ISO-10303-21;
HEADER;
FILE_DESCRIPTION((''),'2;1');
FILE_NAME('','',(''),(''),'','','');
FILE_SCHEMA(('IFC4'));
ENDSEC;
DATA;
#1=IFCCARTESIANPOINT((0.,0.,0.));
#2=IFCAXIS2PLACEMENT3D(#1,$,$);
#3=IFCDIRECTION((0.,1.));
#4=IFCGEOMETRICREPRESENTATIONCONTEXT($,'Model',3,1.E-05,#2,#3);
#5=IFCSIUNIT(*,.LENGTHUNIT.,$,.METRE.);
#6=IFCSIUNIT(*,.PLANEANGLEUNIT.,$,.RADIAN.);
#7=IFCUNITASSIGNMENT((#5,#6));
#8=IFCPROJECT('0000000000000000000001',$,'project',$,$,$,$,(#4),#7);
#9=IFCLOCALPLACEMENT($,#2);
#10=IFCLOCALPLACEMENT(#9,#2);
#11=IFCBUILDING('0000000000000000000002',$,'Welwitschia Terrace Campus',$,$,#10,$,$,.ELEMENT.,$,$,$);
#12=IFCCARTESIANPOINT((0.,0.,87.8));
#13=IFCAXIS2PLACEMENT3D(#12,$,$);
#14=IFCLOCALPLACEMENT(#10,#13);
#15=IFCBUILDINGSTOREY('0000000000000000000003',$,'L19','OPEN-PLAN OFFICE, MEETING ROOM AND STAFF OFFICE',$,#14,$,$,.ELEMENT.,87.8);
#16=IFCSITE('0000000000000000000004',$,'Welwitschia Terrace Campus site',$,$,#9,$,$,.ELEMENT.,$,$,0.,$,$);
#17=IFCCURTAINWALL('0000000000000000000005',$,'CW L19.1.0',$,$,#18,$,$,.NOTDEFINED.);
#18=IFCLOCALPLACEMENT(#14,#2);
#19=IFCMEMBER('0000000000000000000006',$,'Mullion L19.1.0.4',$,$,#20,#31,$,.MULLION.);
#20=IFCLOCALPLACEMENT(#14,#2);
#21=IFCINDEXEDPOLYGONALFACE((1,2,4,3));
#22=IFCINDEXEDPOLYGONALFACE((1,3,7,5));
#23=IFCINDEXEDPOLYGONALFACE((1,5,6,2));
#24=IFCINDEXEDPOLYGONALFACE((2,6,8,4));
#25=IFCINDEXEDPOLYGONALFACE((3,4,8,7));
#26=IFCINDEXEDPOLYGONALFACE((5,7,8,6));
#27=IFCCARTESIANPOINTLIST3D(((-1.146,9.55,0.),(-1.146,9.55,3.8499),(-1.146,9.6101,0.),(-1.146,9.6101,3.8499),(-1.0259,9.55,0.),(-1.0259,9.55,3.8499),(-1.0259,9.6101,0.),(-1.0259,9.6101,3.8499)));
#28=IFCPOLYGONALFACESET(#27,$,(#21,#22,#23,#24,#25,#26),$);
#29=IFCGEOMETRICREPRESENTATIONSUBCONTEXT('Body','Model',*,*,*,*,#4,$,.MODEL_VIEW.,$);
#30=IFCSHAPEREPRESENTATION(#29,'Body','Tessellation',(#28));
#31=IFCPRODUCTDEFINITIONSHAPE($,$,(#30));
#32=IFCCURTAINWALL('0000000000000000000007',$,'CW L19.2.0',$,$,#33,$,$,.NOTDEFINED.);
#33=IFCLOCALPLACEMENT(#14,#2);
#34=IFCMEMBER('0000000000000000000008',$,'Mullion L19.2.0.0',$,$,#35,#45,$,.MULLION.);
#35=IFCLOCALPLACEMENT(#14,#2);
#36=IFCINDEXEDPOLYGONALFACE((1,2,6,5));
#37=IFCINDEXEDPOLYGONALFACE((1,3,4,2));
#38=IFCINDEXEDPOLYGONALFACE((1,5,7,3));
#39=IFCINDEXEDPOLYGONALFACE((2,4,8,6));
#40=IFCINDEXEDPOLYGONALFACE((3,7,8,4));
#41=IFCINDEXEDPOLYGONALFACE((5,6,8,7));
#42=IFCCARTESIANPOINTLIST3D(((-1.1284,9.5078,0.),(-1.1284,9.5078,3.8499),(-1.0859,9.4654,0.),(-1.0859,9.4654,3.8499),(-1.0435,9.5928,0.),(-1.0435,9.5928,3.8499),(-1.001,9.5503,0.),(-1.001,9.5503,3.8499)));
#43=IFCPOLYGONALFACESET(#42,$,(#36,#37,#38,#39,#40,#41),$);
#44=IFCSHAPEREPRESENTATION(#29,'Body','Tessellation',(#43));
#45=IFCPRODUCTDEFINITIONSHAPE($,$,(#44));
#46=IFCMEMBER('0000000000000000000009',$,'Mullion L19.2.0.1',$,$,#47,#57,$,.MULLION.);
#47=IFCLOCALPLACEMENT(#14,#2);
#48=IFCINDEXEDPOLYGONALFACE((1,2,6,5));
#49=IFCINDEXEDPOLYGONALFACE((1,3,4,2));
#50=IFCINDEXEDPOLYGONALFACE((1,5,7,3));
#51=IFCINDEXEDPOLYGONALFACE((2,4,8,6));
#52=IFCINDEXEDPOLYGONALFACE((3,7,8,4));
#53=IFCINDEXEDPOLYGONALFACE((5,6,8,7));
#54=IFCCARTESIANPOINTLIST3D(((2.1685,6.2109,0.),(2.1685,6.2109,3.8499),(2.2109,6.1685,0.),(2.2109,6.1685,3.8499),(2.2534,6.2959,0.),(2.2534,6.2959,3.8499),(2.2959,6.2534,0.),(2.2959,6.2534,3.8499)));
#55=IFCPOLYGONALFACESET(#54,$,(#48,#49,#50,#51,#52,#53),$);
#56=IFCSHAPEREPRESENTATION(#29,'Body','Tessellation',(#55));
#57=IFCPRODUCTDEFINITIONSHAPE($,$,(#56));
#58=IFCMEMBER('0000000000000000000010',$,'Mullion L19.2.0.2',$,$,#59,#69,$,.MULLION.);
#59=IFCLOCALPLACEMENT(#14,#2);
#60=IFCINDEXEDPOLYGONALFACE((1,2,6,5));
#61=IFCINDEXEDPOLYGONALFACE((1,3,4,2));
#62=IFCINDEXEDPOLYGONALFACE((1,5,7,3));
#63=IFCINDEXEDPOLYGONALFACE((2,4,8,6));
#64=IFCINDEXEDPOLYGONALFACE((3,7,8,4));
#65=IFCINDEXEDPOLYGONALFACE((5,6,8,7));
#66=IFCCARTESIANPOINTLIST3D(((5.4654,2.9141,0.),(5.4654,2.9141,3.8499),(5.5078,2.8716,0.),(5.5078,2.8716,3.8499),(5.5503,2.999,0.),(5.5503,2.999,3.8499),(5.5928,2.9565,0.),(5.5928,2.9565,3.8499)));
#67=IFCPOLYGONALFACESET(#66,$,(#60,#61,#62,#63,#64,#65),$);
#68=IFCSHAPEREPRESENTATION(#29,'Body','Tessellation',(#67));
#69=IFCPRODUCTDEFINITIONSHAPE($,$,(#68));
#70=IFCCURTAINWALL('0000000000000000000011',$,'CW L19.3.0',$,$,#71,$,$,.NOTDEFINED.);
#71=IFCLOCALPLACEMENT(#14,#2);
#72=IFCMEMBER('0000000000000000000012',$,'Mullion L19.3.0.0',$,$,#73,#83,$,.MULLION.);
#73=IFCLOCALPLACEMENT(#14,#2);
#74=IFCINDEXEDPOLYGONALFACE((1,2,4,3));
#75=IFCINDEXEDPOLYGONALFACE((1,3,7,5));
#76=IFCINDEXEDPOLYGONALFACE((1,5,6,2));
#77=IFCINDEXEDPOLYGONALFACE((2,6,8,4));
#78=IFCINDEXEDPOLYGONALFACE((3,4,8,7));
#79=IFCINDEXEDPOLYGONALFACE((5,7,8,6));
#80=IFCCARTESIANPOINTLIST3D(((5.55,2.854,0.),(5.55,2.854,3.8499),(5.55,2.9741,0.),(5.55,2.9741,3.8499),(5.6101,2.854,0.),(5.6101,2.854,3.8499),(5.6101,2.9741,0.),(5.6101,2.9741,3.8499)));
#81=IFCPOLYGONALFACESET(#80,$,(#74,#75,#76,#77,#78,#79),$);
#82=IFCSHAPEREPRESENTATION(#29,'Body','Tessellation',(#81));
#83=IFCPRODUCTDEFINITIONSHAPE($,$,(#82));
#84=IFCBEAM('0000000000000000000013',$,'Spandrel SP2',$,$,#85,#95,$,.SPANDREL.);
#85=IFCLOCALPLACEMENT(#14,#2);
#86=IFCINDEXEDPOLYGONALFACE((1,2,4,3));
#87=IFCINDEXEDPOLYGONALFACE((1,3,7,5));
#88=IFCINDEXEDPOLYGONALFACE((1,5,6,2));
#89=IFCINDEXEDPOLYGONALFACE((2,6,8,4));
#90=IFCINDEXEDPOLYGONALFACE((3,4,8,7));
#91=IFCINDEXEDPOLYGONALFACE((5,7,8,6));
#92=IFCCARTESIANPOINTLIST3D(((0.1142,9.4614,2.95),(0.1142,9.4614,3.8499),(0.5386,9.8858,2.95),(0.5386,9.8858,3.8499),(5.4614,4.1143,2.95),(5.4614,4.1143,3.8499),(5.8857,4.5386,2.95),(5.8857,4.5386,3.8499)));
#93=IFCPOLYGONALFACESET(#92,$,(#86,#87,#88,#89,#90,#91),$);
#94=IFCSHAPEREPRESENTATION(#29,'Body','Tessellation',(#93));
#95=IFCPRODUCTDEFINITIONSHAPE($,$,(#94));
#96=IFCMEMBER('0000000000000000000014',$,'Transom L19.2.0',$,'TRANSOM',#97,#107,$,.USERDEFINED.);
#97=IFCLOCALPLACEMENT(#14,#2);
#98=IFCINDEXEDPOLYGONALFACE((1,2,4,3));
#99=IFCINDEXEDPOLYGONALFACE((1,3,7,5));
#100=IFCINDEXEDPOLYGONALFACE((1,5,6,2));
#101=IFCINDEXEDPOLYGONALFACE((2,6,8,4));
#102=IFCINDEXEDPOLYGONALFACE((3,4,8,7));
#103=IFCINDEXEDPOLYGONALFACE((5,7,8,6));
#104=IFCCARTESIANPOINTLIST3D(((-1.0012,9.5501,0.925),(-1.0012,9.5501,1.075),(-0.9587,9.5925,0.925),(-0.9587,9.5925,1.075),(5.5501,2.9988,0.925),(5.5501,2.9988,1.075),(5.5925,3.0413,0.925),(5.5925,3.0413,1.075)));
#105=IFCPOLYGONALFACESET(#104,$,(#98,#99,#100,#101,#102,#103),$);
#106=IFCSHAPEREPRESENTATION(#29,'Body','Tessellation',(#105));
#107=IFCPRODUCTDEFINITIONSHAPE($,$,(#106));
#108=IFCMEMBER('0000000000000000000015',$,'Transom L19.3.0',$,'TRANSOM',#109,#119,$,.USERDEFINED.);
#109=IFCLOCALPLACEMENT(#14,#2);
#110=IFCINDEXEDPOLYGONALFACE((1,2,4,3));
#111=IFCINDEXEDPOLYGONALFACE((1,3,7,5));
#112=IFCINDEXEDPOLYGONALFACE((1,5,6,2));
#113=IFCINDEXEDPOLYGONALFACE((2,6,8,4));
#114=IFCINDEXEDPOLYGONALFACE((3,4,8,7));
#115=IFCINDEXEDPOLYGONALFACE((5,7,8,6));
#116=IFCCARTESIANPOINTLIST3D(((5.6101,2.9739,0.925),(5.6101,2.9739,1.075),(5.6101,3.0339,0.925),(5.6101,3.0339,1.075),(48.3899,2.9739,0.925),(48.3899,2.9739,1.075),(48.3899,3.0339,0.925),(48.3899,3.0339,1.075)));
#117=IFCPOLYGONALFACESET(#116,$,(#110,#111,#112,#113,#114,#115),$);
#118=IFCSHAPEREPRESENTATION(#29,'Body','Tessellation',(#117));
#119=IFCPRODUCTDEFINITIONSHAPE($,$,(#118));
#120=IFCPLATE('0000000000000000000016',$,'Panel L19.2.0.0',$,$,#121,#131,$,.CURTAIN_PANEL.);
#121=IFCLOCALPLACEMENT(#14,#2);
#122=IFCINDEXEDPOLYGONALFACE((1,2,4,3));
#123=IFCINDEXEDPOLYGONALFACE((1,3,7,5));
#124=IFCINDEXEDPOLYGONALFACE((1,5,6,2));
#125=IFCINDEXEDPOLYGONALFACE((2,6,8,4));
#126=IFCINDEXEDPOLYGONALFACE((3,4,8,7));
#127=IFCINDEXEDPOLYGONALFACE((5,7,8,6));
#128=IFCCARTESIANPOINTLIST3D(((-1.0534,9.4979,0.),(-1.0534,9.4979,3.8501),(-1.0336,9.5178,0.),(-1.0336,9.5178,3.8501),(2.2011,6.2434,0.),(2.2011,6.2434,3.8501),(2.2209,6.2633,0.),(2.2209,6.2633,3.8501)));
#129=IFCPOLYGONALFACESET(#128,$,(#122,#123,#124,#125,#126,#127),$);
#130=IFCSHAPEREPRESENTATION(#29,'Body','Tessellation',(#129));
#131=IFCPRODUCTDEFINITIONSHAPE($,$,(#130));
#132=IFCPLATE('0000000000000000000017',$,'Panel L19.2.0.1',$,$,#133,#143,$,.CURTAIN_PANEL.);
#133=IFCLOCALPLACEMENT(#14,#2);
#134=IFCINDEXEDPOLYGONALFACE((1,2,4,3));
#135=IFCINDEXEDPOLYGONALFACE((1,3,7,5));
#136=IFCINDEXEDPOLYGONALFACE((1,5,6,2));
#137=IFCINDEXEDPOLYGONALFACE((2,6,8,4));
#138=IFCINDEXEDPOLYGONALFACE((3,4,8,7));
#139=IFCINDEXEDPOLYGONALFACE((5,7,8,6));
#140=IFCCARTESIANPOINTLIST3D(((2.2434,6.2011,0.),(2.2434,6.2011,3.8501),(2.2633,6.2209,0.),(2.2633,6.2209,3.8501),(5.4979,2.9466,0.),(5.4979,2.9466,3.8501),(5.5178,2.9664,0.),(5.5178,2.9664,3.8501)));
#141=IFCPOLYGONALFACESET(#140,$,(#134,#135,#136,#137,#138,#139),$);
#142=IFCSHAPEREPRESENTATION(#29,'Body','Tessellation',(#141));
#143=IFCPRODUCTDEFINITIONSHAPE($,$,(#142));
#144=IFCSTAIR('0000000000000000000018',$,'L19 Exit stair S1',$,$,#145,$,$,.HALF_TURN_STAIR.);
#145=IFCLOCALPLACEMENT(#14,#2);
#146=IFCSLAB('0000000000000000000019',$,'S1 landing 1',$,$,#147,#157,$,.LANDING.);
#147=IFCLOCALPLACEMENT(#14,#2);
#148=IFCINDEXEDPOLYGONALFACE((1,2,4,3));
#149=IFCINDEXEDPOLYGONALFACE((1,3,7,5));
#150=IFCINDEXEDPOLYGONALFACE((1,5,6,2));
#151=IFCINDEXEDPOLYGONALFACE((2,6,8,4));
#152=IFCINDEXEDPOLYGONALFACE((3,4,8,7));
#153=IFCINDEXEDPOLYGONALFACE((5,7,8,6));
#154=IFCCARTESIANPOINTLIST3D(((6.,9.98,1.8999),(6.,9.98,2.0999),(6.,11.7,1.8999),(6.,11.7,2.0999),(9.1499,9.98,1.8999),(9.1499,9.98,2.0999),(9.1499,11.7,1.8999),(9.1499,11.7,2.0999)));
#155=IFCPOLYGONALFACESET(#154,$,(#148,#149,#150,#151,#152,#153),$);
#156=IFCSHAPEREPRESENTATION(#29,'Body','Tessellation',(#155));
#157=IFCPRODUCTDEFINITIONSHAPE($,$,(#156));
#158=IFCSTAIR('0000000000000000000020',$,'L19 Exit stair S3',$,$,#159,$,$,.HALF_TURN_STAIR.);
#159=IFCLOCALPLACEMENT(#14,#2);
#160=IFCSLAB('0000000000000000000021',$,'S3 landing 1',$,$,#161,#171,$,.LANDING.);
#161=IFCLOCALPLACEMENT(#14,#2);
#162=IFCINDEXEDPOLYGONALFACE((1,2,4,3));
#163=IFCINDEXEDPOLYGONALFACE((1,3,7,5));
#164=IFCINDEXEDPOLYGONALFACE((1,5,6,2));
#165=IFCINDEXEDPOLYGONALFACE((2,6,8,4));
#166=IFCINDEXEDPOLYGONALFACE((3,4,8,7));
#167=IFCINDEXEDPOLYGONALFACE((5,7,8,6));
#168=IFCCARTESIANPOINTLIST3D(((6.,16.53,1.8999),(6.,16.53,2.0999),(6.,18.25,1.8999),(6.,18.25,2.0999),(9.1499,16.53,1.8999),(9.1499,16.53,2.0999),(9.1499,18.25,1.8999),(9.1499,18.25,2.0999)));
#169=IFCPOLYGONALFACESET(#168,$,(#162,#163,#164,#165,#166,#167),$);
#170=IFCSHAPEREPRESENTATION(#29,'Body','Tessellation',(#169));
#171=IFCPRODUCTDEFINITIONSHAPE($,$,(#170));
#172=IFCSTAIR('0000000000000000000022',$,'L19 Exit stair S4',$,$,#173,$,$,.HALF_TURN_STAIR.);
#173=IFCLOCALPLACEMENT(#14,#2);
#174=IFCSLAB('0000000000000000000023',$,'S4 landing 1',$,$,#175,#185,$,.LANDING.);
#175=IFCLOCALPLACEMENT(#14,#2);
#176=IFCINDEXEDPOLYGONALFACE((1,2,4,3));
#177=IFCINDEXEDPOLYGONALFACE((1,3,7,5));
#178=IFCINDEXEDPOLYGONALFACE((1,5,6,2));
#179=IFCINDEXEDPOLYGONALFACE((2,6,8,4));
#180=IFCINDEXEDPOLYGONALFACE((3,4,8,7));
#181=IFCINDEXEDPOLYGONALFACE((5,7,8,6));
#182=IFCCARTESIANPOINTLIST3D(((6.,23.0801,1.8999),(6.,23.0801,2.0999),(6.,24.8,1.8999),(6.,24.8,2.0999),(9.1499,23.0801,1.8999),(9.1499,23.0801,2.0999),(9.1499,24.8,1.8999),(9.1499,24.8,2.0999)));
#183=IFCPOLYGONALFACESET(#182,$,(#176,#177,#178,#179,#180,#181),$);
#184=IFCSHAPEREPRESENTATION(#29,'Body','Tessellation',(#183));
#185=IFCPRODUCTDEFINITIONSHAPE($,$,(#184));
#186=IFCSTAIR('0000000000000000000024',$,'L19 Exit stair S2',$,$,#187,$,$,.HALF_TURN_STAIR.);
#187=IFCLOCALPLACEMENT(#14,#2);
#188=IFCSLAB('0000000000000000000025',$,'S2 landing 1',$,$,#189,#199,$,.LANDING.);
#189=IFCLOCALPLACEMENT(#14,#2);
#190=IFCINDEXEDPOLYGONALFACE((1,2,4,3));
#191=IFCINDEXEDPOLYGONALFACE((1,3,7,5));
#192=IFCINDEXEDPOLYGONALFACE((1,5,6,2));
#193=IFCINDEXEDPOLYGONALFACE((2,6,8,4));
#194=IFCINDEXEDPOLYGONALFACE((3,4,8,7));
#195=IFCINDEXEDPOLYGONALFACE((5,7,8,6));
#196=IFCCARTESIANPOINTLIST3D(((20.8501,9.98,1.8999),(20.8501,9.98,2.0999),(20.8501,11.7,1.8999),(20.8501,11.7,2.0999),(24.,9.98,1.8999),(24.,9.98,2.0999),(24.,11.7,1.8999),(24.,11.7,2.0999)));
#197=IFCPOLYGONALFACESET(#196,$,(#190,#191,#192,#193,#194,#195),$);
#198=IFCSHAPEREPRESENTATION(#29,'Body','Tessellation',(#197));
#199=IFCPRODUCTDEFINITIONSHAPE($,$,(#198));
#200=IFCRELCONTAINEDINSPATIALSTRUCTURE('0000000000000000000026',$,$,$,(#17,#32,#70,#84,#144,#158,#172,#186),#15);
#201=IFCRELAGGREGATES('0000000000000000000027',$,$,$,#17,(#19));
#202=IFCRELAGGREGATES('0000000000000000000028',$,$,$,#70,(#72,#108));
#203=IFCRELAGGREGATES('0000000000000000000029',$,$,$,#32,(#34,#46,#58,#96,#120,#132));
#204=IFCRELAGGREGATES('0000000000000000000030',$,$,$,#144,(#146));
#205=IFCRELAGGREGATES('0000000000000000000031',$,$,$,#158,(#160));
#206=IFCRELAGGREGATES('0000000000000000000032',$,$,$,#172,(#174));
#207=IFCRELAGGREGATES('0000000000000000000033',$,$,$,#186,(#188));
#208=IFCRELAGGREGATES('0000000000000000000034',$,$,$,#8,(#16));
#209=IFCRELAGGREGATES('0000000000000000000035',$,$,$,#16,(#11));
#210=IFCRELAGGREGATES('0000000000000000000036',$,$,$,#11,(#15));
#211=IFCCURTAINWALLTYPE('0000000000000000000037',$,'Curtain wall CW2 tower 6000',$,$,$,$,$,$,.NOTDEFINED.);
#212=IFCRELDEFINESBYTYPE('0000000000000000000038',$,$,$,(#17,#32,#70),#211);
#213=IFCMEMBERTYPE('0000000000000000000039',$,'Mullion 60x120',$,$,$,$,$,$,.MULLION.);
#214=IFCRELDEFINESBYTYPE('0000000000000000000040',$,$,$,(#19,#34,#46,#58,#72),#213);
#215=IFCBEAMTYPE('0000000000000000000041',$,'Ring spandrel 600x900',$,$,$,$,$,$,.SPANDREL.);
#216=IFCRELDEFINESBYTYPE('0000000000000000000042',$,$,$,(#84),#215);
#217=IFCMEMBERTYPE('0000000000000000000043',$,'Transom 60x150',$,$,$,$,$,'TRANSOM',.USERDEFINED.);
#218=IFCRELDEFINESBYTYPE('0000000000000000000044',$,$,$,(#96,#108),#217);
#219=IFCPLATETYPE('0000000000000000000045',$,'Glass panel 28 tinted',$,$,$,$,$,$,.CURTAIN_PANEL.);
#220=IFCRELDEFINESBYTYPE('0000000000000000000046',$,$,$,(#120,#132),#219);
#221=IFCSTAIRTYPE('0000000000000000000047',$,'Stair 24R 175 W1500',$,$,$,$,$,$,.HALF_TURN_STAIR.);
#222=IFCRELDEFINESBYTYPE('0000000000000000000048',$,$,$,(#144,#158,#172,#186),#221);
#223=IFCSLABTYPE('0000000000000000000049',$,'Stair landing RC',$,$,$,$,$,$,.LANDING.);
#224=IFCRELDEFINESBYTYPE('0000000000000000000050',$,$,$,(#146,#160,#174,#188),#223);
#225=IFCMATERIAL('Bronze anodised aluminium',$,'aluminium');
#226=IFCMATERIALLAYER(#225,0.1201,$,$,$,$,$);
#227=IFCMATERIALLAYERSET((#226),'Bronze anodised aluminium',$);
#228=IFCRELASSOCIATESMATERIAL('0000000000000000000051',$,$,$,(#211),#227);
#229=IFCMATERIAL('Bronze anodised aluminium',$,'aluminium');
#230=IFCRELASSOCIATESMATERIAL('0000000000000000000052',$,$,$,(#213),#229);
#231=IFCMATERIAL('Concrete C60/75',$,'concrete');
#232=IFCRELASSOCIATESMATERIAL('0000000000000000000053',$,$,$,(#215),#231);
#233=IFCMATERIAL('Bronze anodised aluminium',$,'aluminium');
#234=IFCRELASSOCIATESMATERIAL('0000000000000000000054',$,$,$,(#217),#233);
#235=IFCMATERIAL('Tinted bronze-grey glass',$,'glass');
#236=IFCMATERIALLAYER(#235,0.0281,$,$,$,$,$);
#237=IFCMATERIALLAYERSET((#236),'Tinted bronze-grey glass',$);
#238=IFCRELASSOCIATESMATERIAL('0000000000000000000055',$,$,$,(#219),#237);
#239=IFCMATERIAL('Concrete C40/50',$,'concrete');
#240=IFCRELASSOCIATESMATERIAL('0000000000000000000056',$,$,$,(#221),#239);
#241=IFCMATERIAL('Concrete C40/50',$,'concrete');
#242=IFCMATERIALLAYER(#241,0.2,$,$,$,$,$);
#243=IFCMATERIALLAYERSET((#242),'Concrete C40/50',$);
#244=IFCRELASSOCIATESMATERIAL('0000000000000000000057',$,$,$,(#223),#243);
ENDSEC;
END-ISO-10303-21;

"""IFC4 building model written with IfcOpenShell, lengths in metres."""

from ifc_helpers import new_model, si_unit, direction, frame, origin, origin_2d, place, context, subcontext, project, spatial, polyline, rectangle, outline, extrude, material, layer, layer_set, material_profile, profile_set, type_object, element, aggregate, save


model = new_model("IFC4")

# Units and contexts
model_context = context("Model", 3, precision=1e-05, world=origin(), true_north=direction((0.0, 1.0)))
body_context = subcontext(model_context, "Body", "Model", "MODEL_VIEW")
ifc_project = project(units=[si_unit("LENGTHUNIT", "METRE"), si_unit("PLANEANGLEUNIT", "RADIAN")], contexts=[model_context])

# Site, building, storey
site_placement = place(None, origin())
site = spatial("IfcSite", under=ifc_project, at=site_placement, Name="Welwitschia Terrace Campus site", CompositionType="ELEMENT", RefElevation=0.0)
building_placement = place(site_placement, origin())
building = spatial("IfcBuilding", under=site, at=building_placement, Name="Welwitschia Terrace Campus", CompositionType="ELEMENT")
storey_placement = place(building_placement, frame((0.0, 0.0, 87.8)))
storey = spatial("IfcBuildingStorey", under=building, at=storey_placement, Name="L19", Description="OPEN-PLAN OFFICE, MEETING ROOM AND STAFF OFFICE", CompositionType="ELEMENT", Elevation=87.8)

# Curtain wall, member
ifc_material_1 = material(Name="Bronze anodised aluminium", Category="aluminium")
ifc_layer_1 = layer(ifc_material_1, 0.1201)
ifc_layer_set_1 = layer_set([ifc_layer_1], Name="Bronze anodised aluminium")
curtain_wall_type = type_object("IfcCurtainWallType", Name="Curtain wall CW2 tower 6000", PredefinedType="NOTDEFINED", material=ifc_layer_set_1)
curtain_wall_1_placement = place(storey_placement, origin())
curtain_wall_1 = element("IfcCurtainWall", 1, at=curtain_wall_1_placement, inside=storey, type_object=curtain_wall_type, Name="CW L19.1.0", PredefinedType="NOTDEFINED")
ifc_material_2 = material(Name="Bronze anodised aluminium", Category="aluminium")
ifc_material_profile_1 = material_profile(ifc_material_2, rectangle(XDim=0.1201, YDim=0.0601, at=origin_2d()))
ifc_profile_set_1 = profile_set([ifc_material_profile_1], Name="Bronze anodised aluminium")
member_type_1 = type_object("IfcMemberType", Name="Mullion 60x120", PredefinedType="MULLION", material=ifc_profile_set_1)
member_1_placement = place(storey_placement, frame((-1.0859, 9.5801, 0.0), z_axis=(0.0, 0.0, 1.0), x_axis=(1.0, 0.0, 0.0)))
member_1 = element("IfcMember", 2, at=member_1_placement, type_object=member_type_1, Name="Mullion L19.1.0.4", PredefinedType="MULLION", context=body_context, shape_type="SweptSolid", body=[
    extrude(rectangle(XDim=0.1201, YDim=0.0601, at=origin_2d()), origin(), (0.0, 0.0, 1.0), 3.8499),
])
aggregate(curtain_wall_1, [member_1])

# Curtain wall, members
curtain_wall_2_placement = place(storey_placement, origin())
curtain_wall_2 = element("IfcCurtainWall", 3, at=curtain_wall_2_placement, inside=storey, type_object=curtain_wall_type, Name="CW L19.2.0", PredefinedType="NOTDEFINED")
member_2_placement = place(storey_placement, frame((-1.0647, 9.5291, 0.0), z_axis=(0.0, 0.0, 1.0), x_axis=(0.707107, 0.707107, 0.0)))
member_2 = element("IfcMember", 4, at=member_2_placement, type_object=member_type_1, Name="Mullion L19.2.0.0", PredefinedType="MULLION", context=body_context, shape_type="SweptSolid", body=[
    extrude(rectangle(XDim=0.1201, YDim=0.0601, at=origin_2d()), origin(), (0.0, 0.0, 1.0), 3.8499),
])
member_3_placement = place(storey_placement, frame((2.2322, 6.2322, 0.0), z_axis=(0.0, 0.0, 1.0), x_axis=(0.707107, 0.707107, 0.0)))
member_3 = element("IfcMember", 5, at=member_3_placement, type_object=member_type_1, Name="Mullion L19.2.0.1", PredefinedType="MULLION", context=body_context, shape_type="SweptSolid", body=[
    extrude(rectangle(XDim=0.1201, YDim=0.0601, at=origin_2d()), origin(), (0.0, 0.0, 1.0), 3.8499),
])
member_4_placement = place(storey_placement, frame((5.5291, 2.9353, 0.0), z_axis=(0.0, 0.0, 1.0), x_axis=(0.707107, 0.707107, 0.0)))
member_4 = element("IfcMember", 6, at=member_4_placement, type_object=member_type_1, Name="Mullion L19.2.0.2", PredefinedType="MULLION", context=body_context, shape_type="SweptSolid", body=[
    extrude(rectangle(XDim=0.1201, YDim=0.0601, at=origin_2d()), origin(), (0.0, 0.0, 1.0), 3.8499),
])

# Curtain wall, member
curtain_wall_3_placement = place(storey_placement, origin())
curtain_wall_3 = element("IfcCurtainWall", 7, at=curtain_wall_3_placement, inside=storey, type_object=curtain_wall_type, Name="CW L19.3.0", PredefinedType="NOTDEFINED")
member_5_placement = place(storey_placement, frame((5.5801, 2.9141, 0.0), z_axis=(0.0, 0.0, 1.0), x_axis=(0.0, 1.0, 0.0)))
member_5 = element("IfcMember", 8, at=member_5_placement, type_object=member_type_1, Name="Mullion L19.3.0.0", PredefinedType="MULLION", context=body_context, shape_type="SweptSolid", body=[
    extrude(rectangle(XDim=0.1201, YDim=0.0601, at=origin_2d()), origin(), (0.0, 0.0, 1.0), 3.8499),
])

# Beam
ifc_material_3 = material(Name="Concrete C60/75", Category="concrete")
ifc_material_profile_2 = material_profile(ifc_material_3, rectangle(XDim=0.6001, YDim=0.8999, at=origin_2d()))
ifc_profile_set_2 = profile_set([ifc_material_profile_2], Name="Concrete C60/75")
beam_type = type_object("IfcBeamType", Name="Ring spandrel 600x900", PredefinedType="SPANDREL", material=ifc_profile_set_2)
beam_placement = place(storey_placement, frame((0.3264, 9.6736, 3.3999), z_axis=(0.707107, -0.707107, 0.0), x_axis=(0.707107, 0.707107, 0.0)))
element("IfcBeam", 9, at=beam_placement, inside=storey, type_object=beam_type, Name="Spandrel SP2", PredefinedType="SPANDREL", context=body_context, shape_type="SweptSolid", body=[
    extrude(rectangle(XDim=0.6001, YDim=0.8999, at=origin_2d()), origin(), (0.0, 0.0, 1.0), 7.562),
])

# Members
ifc_material_4 = material(Name="Bronze anodised aluminium", Category="aluminium")
ifc_material_profile_3 = material_profile(ifc_material_4, rectangle(XDim=0.0601, YDim=0.1499, at=origin_2d()))
ifc_profile_set_3 = profile_set([ifc_material_profile_3], Name="Bronze anodised aluminium")
member_type_2 = type_object("IfcMemberType", Name="Transom 60x150", ElementType="TRANSOM", PredefinedType="USERDEFINED", material=ifc_profile_set_3)
member_6_placement = place(storey_placement, frame((-0.98, 9.5713, 1.0), z_axis=(0.707107, -0.707107, 0.0), x_axis=(0.707107, 0.707107, 0.0)))
member_6 = element("IfcMember", 10, at=member_6_placement, type_object=member_type_2, Name="Transom L19.2.0", ObjectType="TRANSOM", PredefinedType="USERDEFINED", context=body_context, shape_type="SweptSolid", body=[
    extrude(rectangle(XDim=0.0601, YDim=0.1499, at=origin_2d()), origin(), (0.0, 0.0, 1.0), 9.2649),
])
member_7_placement = place(storey_placement, frame((5.6101, 3.0039, 1.0), z_axis=(1.0, 0.0, 0.0), x_axis=(0.0, 1.0, 0.0)))
member_7 = element("IfcMember", 11, at=member_7_placement, type_object=member_type_2, Name="Transom L19.3.0", ObjectType="TRANSOM", PredefinedType="USERDEFINED", context=body_context, shape_type="SweptSolid", body=[
    extrude(rectangle(XDim=0.0601, YDim=0.1499, at=origin_2d()), origin(), (0.0, 0.0, 1.0), 42.7798),
])
aggregate(curtain_wall_3, [member_5, member_7])

# Plates
ifc_material_5 = material(Name="Tinted bronze-grey glass", Category="glass")
ifc_layer_2 = layer(ifc_material_5, 0.0281)
ifc_layer_set_2 = layer_set([ifc_layer_2], Name="Tinted bronze-grey glass")
plate_type = type_object("IfcPlateType", Name="Glass panel 28 tinted", PredefinedType="CURTAIN_PANEL", material=ifc_layer_set_2)
plate_1_placement = place(storey_placement, frame((0.5837, 7.8806, 0.0), z_axis=(0.0, 0.0, 1.0), x_axis=(0.707107, -0.707107, 0.0)))
plate_1 = element("IfcPlate", 12, at=plate_1_placement, type_object=plate_type, Name="Panel L19.2.0.0", PredefinedType="CURTAIN_PANEL", context=body_context, shape_type="SweptSolid", body=[
    extrude(rectangle(XDim=4.6025, YDim=0.0281, at=origin_2d()), origin(), (0.0, 0.0, 1.0), 3.8501),
])
plate_2_placement = place(storey_placement, frame((3.8806, 4.5837, 0.0), z_axis=(0.0, 0.0, 1.0), x_axis=(0.707107, -0.707107, 0.0)))
plate_2 = element("IfcPlate", 13, at=plate_2_placement, type_object=plate_type, Name="Panel L19.2.0.1", PredefinedType="CURTAIN_PANEL", context=body_context, shape_type="SweptSolid", body=[
    extrude(rectangle(XDim=4.6025, YDim=0.0281, at=origin_2d()), origin(), (0.0, 0.0, 1.0), 3.8501),
])
aggregate(curtain_wall_2, [member_2, member_3, member_4, member_6, plate_1, plate_2])

# Stairs, slabs
ifc_material_6 = material(Name="Concrete C40/50", Category="concrete")
stair_type = type_object("IfcStairType", Name="Stair 24R 175 W1500", PredefinedType="HALF_TURN_STAIR", material=ifc_material_6)
stair_1_placement = place(storey_placement, origin())
stair_1 = element("IfcStair", 14, at=stair_1_placement, inside=storey, type_object=stair_type, Name="L19 Exit stair S1", PredefinedType="HALF_TURN_STAIR")
ifc_material_7 = material(Name="Concrete C40/50", Category="concrete")
ifc_layer_3 = layer(ifc_material_7, 0.2)
ifc_layer_set_3 = layer_set([ifc_layer_3], Name="Concrete C40/50")
slab_type_1 = type_object("IfcSlabType", Name="Stair landing RC", PredefinedType="LANDING", material=ifc_layer_set_3)
slab_1_placement = place(storey_placement, frame((0.0, 0.0, 1.8999)))
slab_1 = element("IfcSlab", 15, at=slab_1_placement, type_object=slab_type_1, Name="S1 landing 1", PredefinedType="LANDING", context=body_context, shape_type="SweptSolid", body=[
    extrude(outline(polyline([(9.1499, 9.98), (9.1499, 11.7), (6.0, 11.7), (6.0, 9.98), (9.1499, 9.98)])), origin(), (0.0, 0.0, 1.0), 0.2),
])
aggregate(stair_1, [slab_1])
stair_2_placement = place(storey_placement, origin())
stair_2 = element("IfcStair", 16, at=stair_2_placement, inside=storey, type_object=stair_type, Name="L19 Exit stair S3", PredefinedType="HALF_TURN_STAIR")
slab_2_placement = place(storey_placement, frame((0.0, 0.0, 1.8999)))
slab_2 = element("IfcSlab", 17, at=slab_2_placement, type_object=slab_type_1, Name="S3 landing 1", PredefinedType="LANDING", context=body_context, shape_type="SweptSolid", body=[
    extrude(outline(polyline([(9.1499, 16.53), (9.1499, 18.25), (6.0, 18.25), (6.0, 16.53), (9.1499, 16.53)])), origin(), (0.0, 0.0, 1.0), 0.2),
])
aggregate(stair_2, [slab_2])
stair_3_placement = place(storey_placement, origin())
stair_3 = element("IfcStair", 18, at=stair_3_placement, inside=storey, type_object=stair_type, Name="L19 Exit stair S4", PredefinedType="HALF_TURN_STAIR")
slab_3_placement = place(storey_placement, frame((0.0, 0.0, 1.8999)))
slab_3 = element("IfcSlab", 19, at=slab_3_placement, type_object=slab_type_1, Name="S4 landing 1", PredefinedType="LANDING", context=body_context, shape_type="SweptSolid", body=[
    extrude(outline(polyline([(9.1499, 23.0801), (9.1499, 24.8), (6.0, 24.8), (6.0, 23.0801), (9.1499, 23.0801)])), origin(), (0.0, 0.0, 1.0), 0.2),
])
aggregate(stair_3, [slab_3])
stair_4_placement = place(storey_placement, origin())
stair_4 = element("IfcStair", 20, at=stair_4_placement, inside=storey, type_object=stair_type, Name="L19 Exit stair S2", PredefinedType="HALF_TURN_STAIR")
slab_4_placement = place(storey_placement, frame((0.0, 0.0, 1.8999)))
slab_4 = element("IfcSlab", 21, at=slab_4_placement, type_object=slab_type_1, Name="S2 landing 1", PredefinedType="LANDING", context=body_context, shape_type="SweptSolid", body=[
    extrude(outline(polyline([(24.0, 9.98), (24.0, 11.7), (20.8501, 11.7), (20.8501, 9.98), (24.0, 9.98)])), origin(), (0.0, 0.0, 1.0), 0.2),
])
aggregate(stair_4, [slab_4])

save(model, "model.ifc")
